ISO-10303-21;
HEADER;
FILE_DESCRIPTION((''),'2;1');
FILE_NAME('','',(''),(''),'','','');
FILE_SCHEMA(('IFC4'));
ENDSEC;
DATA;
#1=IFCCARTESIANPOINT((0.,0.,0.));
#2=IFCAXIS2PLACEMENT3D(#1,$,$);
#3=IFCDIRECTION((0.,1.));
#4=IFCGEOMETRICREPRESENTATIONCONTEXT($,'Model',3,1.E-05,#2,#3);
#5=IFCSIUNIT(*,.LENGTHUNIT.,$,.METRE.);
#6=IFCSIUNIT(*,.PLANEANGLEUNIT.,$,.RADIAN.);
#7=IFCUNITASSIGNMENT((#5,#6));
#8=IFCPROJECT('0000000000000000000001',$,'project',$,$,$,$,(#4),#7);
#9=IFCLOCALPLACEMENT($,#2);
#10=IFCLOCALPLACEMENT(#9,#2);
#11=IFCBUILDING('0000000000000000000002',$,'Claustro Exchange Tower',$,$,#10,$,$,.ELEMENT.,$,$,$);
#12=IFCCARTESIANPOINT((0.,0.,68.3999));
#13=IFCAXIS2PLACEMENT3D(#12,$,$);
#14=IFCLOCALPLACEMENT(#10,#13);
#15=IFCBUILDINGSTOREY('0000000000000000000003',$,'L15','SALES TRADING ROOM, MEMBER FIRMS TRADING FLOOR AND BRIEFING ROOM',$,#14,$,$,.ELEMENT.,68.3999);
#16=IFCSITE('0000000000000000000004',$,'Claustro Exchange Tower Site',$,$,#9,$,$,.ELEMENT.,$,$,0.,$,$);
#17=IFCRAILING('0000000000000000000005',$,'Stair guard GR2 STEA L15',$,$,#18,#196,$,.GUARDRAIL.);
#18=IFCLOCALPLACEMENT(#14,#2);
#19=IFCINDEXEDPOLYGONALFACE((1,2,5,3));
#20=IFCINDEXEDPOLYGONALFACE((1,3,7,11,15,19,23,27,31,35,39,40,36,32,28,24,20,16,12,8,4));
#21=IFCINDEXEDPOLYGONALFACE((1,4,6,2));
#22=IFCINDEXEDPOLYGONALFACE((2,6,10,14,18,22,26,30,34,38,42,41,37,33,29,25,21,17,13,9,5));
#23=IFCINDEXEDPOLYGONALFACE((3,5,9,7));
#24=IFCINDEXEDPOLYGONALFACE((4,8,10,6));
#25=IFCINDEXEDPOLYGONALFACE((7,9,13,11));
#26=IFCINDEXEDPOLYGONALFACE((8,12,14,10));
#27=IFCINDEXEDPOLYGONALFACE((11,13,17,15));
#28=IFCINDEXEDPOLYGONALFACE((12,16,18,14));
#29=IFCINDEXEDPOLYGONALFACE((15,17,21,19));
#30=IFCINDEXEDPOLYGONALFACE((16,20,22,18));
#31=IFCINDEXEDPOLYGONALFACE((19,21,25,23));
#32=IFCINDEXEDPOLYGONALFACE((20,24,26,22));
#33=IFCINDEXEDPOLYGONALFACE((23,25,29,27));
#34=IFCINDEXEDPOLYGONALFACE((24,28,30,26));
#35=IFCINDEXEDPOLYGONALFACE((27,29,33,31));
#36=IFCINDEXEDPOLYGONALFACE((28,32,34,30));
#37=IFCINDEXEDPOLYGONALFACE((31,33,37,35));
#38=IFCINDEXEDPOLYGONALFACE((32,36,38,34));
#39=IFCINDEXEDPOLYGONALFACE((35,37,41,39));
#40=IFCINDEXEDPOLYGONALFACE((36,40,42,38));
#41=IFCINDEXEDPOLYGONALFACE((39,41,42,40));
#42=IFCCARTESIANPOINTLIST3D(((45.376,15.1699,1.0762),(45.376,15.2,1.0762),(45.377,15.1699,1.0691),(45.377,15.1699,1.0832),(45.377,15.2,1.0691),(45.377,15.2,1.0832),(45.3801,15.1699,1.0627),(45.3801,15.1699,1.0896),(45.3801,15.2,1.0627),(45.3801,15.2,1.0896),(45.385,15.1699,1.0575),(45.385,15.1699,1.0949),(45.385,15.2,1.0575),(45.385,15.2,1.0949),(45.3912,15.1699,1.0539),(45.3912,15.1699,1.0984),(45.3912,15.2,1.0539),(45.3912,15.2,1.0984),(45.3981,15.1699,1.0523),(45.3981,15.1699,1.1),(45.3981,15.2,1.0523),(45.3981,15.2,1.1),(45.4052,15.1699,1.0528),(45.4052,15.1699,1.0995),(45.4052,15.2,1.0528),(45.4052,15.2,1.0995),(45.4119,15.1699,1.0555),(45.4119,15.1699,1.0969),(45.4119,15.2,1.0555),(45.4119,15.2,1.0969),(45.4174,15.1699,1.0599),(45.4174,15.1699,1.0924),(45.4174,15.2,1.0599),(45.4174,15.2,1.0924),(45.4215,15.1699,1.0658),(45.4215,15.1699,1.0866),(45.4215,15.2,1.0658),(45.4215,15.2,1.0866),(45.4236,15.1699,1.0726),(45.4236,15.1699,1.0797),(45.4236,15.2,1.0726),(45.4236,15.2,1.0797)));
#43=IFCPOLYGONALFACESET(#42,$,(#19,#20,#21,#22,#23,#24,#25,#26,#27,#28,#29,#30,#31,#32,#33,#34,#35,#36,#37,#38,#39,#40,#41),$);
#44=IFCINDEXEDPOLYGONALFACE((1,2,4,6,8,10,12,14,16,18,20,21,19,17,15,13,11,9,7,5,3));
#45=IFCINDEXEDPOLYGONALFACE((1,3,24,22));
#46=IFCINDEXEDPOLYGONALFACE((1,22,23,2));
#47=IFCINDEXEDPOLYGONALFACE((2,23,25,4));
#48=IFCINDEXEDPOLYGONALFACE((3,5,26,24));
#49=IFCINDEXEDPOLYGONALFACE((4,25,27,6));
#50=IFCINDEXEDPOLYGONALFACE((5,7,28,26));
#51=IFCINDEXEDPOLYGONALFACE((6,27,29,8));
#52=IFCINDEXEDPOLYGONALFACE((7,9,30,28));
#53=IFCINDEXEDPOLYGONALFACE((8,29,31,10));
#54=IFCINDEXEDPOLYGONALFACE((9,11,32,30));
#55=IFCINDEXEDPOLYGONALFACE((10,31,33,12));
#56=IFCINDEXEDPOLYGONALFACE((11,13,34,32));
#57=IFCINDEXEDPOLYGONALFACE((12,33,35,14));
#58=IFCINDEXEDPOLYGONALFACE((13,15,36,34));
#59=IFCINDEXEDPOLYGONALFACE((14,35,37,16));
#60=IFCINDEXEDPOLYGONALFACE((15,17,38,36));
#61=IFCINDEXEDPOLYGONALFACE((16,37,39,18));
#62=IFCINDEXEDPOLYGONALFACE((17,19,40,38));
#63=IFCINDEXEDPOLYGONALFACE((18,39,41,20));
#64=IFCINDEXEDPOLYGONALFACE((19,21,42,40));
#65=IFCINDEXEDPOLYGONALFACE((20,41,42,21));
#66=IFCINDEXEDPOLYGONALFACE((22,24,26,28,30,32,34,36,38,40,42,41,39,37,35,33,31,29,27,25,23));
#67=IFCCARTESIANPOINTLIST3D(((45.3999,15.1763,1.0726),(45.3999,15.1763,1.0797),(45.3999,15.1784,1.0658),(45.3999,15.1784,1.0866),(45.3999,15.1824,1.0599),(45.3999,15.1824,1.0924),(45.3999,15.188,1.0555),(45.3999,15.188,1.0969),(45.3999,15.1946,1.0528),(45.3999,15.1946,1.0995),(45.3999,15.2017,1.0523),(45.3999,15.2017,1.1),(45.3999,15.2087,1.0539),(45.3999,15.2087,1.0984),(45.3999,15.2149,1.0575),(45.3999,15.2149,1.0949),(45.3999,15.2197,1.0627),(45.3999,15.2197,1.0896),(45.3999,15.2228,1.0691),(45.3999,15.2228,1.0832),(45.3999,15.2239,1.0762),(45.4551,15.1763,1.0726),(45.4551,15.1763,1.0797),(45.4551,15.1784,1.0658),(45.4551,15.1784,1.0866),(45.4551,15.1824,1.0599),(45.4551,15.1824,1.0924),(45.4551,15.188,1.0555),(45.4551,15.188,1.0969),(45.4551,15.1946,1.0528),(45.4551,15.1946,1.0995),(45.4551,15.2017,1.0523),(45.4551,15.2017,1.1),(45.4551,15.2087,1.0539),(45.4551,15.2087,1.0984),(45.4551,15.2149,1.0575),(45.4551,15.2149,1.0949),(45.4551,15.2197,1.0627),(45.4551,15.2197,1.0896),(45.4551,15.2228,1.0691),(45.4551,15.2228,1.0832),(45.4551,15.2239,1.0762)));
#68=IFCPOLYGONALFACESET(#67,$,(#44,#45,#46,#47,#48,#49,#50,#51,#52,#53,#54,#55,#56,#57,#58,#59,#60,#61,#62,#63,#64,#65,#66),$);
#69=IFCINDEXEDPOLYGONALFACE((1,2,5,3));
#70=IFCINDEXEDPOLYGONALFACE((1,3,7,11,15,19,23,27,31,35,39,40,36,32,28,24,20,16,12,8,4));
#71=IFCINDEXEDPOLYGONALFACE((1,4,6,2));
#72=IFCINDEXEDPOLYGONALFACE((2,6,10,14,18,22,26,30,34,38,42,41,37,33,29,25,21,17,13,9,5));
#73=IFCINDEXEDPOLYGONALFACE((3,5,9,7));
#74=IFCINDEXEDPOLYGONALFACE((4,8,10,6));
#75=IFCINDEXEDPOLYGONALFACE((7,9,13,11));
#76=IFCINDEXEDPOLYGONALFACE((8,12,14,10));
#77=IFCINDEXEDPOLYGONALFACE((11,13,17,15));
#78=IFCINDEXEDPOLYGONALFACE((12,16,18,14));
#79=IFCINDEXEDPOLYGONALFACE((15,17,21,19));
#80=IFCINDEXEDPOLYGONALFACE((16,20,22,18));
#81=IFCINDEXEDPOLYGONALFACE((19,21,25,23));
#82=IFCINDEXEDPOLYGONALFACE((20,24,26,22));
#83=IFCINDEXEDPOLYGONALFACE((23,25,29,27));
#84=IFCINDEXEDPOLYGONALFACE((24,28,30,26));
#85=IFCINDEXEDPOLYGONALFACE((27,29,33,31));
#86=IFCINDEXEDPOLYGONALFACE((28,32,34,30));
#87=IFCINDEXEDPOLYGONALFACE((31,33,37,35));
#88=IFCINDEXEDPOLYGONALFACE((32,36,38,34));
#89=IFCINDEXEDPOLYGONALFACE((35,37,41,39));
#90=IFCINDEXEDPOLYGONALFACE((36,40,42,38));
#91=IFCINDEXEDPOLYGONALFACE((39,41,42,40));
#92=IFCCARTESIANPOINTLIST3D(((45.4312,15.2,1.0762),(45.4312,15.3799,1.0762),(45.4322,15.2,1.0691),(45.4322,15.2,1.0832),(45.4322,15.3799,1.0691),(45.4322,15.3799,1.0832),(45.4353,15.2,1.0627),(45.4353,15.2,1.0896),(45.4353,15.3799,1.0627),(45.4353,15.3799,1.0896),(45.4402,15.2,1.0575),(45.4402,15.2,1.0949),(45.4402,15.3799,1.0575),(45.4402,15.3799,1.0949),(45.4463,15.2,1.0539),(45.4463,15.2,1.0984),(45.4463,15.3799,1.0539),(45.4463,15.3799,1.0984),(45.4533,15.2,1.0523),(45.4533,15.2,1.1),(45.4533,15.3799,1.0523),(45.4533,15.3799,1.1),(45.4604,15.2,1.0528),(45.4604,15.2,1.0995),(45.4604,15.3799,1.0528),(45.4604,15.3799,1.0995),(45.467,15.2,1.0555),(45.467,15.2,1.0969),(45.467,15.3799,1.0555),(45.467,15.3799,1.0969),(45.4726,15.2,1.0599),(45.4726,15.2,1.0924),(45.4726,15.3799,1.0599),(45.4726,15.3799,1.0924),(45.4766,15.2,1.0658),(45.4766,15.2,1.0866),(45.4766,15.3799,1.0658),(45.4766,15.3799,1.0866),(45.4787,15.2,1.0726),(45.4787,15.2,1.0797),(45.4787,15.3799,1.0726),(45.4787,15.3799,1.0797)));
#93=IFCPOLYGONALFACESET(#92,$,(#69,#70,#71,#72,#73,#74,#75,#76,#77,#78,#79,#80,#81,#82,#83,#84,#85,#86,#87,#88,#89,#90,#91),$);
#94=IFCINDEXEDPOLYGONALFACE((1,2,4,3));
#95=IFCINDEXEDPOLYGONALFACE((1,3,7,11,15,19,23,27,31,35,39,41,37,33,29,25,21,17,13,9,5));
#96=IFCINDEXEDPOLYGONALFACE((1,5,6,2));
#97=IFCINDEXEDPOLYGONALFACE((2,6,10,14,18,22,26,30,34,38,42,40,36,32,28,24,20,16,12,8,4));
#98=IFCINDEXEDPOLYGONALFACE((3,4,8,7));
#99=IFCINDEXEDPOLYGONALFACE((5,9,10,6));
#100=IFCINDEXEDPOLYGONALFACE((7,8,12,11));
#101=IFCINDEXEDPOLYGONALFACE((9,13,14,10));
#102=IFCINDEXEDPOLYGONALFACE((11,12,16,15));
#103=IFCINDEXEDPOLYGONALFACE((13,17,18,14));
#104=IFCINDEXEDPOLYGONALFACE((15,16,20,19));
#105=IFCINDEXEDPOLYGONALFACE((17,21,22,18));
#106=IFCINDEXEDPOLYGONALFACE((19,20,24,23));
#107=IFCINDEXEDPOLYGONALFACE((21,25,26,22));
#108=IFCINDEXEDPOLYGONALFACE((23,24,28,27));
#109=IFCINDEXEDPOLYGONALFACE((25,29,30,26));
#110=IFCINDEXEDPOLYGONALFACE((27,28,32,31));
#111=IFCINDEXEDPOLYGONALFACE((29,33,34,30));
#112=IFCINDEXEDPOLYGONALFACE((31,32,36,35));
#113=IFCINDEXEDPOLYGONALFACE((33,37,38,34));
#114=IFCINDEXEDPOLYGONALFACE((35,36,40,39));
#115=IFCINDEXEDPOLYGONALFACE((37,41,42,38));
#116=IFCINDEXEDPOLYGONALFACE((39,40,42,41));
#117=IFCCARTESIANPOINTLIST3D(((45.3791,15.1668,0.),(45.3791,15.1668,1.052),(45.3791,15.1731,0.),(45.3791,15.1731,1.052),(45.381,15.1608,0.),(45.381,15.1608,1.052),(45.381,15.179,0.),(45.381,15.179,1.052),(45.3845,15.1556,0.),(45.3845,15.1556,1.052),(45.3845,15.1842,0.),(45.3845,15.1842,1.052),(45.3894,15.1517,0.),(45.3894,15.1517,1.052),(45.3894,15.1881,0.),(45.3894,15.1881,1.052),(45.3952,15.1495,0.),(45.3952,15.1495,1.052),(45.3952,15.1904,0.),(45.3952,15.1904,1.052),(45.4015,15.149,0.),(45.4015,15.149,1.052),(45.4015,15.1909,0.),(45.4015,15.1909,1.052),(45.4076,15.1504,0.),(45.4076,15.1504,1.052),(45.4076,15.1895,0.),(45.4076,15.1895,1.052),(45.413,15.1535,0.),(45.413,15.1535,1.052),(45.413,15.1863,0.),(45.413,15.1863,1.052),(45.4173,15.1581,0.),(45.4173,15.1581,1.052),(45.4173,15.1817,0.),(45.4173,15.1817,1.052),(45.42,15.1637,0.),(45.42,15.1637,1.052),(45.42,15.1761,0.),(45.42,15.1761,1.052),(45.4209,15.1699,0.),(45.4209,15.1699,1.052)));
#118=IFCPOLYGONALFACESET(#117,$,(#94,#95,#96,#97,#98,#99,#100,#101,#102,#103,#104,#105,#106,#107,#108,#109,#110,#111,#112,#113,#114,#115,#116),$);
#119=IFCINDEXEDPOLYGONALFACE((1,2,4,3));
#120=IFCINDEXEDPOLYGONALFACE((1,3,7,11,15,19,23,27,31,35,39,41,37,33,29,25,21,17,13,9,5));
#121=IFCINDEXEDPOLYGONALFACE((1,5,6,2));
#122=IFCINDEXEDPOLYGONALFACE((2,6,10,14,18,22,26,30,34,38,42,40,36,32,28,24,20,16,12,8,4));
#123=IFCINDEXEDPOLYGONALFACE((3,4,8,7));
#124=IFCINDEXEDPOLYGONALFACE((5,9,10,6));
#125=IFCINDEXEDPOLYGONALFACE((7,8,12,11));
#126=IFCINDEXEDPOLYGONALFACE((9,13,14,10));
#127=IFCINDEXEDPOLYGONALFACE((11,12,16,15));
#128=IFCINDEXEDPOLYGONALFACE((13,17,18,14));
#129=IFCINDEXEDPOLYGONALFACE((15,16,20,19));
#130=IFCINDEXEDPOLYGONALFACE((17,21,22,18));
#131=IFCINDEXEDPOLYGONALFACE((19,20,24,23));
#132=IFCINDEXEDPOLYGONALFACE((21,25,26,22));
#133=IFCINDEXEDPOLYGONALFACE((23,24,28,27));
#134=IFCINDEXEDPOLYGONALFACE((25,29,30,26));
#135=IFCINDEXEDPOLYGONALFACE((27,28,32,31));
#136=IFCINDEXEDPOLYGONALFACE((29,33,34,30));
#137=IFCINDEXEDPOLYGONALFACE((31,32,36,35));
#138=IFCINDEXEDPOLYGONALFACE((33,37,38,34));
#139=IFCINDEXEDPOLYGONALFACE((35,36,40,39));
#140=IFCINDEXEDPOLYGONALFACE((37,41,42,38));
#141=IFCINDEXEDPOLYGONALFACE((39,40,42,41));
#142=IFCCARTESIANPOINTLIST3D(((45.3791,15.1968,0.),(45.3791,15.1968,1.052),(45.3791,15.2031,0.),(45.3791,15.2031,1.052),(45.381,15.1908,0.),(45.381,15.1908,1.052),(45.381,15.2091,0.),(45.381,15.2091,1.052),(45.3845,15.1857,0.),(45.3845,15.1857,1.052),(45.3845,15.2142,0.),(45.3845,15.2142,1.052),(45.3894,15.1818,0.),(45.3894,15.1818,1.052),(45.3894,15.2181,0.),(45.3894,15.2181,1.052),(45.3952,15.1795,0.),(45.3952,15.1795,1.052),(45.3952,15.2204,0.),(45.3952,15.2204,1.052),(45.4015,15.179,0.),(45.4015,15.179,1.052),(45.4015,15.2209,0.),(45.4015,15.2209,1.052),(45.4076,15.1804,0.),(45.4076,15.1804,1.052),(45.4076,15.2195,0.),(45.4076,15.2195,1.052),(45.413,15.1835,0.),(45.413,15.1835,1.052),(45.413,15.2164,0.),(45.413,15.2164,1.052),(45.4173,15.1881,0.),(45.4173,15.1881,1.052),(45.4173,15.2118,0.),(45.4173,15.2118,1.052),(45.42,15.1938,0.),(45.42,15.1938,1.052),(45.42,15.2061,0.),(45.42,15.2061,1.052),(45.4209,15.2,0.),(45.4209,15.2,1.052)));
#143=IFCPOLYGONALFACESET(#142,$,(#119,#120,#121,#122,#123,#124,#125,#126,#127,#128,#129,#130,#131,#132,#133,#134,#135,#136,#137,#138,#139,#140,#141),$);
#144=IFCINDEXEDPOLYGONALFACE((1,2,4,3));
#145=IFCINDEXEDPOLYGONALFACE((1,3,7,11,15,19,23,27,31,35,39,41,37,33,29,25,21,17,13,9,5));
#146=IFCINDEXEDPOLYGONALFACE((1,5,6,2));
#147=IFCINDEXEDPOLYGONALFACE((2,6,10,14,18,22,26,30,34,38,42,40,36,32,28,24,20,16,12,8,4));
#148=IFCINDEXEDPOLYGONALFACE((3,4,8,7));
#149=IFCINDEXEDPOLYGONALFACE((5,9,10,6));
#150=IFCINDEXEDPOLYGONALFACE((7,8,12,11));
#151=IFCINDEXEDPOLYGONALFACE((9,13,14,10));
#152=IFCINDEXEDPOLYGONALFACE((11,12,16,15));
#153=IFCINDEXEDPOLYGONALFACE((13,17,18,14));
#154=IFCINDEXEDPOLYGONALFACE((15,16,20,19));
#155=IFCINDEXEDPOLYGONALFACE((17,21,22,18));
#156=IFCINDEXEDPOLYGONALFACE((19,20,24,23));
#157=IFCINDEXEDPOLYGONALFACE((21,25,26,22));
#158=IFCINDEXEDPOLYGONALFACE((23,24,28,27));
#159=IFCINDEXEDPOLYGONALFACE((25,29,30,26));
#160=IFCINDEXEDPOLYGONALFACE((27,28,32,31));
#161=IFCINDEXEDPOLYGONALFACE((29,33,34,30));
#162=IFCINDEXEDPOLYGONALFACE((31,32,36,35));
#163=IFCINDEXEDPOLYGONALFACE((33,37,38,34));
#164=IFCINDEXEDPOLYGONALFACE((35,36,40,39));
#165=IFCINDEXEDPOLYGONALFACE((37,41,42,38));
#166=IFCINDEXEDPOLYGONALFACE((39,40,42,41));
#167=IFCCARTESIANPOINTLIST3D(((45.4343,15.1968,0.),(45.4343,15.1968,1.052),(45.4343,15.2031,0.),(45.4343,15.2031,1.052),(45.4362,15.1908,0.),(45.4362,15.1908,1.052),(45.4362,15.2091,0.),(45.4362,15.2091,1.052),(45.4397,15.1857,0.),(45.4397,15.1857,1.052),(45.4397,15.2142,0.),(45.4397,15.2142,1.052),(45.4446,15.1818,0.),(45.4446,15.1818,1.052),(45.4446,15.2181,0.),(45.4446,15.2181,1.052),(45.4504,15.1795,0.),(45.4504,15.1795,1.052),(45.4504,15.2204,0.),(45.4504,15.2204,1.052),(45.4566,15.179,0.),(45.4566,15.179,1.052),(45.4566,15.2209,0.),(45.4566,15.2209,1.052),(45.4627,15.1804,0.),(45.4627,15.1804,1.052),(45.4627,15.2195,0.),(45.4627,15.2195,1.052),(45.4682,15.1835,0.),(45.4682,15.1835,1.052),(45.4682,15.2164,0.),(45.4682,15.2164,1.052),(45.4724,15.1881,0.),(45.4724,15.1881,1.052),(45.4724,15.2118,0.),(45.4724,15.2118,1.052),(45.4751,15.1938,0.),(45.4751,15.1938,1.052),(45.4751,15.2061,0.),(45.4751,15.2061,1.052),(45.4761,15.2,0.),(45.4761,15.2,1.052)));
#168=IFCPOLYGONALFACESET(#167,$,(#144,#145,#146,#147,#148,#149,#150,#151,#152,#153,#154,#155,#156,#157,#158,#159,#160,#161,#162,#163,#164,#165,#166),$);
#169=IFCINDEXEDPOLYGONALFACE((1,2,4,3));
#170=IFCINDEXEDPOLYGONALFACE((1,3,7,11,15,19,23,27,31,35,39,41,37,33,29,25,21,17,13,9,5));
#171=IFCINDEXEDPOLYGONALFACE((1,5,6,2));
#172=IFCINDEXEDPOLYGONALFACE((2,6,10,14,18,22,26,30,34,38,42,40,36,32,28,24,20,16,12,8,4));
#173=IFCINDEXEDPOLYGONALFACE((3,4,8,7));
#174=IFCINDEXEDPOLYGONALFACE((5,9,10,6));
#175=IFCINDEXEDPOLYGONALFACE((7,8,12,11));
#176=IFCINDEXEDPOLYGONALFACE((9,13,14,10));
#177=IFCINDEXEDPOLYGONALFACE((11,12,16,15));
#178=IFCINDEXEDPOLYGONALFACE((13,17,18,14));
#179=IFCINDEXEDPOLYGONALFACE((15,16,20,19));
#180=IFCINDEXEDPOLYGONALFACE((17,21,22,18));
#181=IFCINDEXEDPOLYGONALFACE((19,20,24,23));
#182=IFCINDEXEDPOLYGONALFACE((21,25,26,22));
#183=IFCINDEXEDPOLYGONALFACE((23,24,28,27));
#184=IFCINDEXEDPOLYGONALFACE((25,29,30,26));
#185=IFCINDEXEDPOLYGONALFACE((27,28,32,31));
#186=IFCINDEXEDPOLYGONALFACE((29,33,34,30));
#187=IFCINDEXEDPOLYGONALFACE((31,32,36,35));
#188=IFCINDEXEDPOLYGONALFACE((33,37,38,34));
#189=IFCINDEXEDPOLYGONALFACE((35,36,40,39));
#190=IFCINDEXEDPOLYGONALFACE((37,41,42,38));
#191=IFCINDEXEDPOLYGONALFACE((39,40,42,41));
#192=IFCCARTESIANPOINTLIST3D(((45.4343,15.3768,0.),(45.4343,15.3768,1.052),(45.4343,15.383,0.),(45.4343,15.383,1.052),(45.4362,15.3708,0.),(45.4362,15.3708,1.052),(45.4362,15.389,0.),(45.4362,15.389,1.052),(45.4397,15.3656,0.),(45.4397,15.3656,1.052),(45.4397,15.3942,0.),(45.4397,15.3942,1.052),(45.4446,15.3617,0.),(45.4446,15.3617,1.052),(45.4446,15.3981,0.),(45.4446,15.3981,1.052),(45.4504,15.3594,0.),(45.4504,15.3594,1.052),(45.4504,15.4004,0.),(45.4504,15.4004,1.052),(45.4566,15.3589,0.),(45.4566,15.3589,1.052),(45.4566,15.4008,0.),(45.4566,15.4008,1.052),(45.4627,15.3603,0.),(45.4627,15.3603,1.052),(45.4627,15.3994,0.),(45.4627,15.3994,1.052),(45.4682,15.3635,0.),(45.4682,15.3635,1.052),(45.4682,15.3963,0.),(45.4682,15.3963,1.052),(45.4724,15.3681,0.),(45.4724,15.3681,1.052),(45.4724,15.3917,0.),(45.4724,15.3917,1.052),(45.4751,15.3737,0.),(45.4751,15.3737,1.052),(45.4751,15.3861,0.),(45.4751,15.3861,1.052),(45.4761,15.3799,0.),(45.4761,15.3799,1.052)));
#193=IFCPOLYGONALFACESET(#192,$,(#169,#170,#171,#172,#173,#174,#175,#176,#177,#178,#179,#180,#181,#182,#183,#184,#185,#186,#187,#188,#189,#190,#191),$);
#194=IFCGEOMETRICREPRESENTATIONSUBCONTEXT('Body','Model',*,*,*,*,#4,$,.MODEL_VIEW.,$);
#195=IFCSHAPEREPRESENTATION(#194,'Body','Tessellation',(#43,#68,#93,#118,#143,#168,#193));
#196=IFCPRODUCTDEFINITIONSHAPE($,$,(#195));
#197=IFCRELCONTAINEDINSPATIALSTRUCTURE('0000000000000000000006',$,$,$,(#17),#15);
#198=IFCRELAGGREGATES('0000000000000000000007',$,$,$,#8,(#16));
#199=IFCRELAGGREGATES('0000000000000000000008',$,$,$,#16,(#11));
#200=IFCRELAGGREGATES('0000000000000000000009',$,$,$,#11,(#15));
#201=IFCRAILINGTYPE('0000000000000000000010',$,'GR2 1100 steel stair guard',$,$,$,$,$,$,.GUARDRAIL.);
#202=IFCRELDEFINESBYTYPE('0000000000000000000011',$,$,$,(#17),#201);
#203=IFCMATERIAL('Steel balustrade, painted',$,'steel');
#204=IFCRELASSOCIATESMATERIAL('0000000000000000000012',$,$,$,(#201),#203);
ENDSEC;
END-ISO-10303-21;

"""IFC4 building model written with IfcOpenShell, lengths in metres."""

from ifc_helpers import new_model, si_unit, direction, frame, origin, origin_2d, place, context, subcontext, project, spatial, circle, extrude, material, type_object, element, save


model = new_model("IFC4")

# Units and contexts
model_context = context("Model", 3, precision=1e-05, world=origin(), true_north=direction((0.0, 1.0)))
body_context = subcontext(model_context, "Body", "Model", "MODEL_VIEW")
ifc_project = project(units=[si_unit("LENGTHUNIT", "METRE"), si_unit("PLANEANGLEUNIT", "RADIAN")], contexts=[model_context])

# Site, building, storey
site_placement = place(None, origin())
site = spatial("IfcSite", under=ifc_project, at=site_placement, Name="Claustro Exchange Tower Site", CompositionType="ELEMENT", RefElevation=0.0)
building_placement = place(site_placement, origin())
building = spatial("IfcBuilding", under=site, at=building_placement, Name="Claustro Exchange Tower", CompositionType="ELEMENT")
storey_placement = place(building_placement, frame((0.0, 0.0, 68.3999)))
storey = spatial("IfcBuildingStorey", under=building, at=storey_placement, Name="L15", Description="SALES TRADING ROOM, MEMBER FIRMS TRADING FLOOR AND BRIEFING ROOM", CompositionType="ELEMENT", Elevation=68.3999)

# Railing
ifc_material_1 = material(Name="Steel balustrade, painted", Category="steel")
railing_type_1 = type_object("IfcRailingType", Name="GR2 1100 steel stair guard", PredefinedType="GUARDRAIL", material=ifc_material_1)
railing_1_placement = place(storey_placement, frame((45.3999, 15.1699, 0.0)))
element("IfcRailing", 1, at=railing_1_placement, inside=storey, type_object=railing_type_1, Name="Stair guard GR2 STEA L15", PredefinedType="GUARDRAIL", context=body_context, shape_type="SweptSolid", body=[
    extrude(circle(Radius=0.0239, at=origin_2d()), frame((0.0, 0.0, 1.0762), z_axis=(0.0, 1.0, 0.0), x_axis=(-1.0, 0.0, 0.0)), (0.0, 0.0, 1.0), 0.03),
    extrude(circle(Radius=0.0239, at=origin_2d()), frame((0.0, 0.03, 1.0762), z_axis=(1.0, 0.0, 0.0), x_axis=(0.0, 1.0, 0.0)), (0.0, 0.0, 1.0), 0.0552),
    extrude(circle(Radius=0.0239, at=origin_2d()), frame((0.0552, 0.03, 1.0762), z_axis=(0.0, 1.0, 0.0), x_axis=(-1.0, 0.0, 0.0)), (0.0, 0.0, 1.0), 0.1799),
    extrude(circle(Radius=0.021, at=origin_2d()), origin(), (0.0, 0.0, 1.0), 1.052),
    extrude(circle(Radius=0.021, at=origin_2d()), frame((0.0, 0.03, 0.0)), (0.0, 0.0, 1.0), 1.052),
    extrude(circle(Radius=0.021, at=origin_2d()), frame((0.0552, 0.03, 0.0)), (0.0, 0.0, 1.0), 1.052),
    extrude(circle(Radius=0.021, at=origin_2d()), frame((0.0552, 0.21, 0.0)), (0.0, 0.0, 1.0), 1.052),
])

save(model, "model.ifc")
